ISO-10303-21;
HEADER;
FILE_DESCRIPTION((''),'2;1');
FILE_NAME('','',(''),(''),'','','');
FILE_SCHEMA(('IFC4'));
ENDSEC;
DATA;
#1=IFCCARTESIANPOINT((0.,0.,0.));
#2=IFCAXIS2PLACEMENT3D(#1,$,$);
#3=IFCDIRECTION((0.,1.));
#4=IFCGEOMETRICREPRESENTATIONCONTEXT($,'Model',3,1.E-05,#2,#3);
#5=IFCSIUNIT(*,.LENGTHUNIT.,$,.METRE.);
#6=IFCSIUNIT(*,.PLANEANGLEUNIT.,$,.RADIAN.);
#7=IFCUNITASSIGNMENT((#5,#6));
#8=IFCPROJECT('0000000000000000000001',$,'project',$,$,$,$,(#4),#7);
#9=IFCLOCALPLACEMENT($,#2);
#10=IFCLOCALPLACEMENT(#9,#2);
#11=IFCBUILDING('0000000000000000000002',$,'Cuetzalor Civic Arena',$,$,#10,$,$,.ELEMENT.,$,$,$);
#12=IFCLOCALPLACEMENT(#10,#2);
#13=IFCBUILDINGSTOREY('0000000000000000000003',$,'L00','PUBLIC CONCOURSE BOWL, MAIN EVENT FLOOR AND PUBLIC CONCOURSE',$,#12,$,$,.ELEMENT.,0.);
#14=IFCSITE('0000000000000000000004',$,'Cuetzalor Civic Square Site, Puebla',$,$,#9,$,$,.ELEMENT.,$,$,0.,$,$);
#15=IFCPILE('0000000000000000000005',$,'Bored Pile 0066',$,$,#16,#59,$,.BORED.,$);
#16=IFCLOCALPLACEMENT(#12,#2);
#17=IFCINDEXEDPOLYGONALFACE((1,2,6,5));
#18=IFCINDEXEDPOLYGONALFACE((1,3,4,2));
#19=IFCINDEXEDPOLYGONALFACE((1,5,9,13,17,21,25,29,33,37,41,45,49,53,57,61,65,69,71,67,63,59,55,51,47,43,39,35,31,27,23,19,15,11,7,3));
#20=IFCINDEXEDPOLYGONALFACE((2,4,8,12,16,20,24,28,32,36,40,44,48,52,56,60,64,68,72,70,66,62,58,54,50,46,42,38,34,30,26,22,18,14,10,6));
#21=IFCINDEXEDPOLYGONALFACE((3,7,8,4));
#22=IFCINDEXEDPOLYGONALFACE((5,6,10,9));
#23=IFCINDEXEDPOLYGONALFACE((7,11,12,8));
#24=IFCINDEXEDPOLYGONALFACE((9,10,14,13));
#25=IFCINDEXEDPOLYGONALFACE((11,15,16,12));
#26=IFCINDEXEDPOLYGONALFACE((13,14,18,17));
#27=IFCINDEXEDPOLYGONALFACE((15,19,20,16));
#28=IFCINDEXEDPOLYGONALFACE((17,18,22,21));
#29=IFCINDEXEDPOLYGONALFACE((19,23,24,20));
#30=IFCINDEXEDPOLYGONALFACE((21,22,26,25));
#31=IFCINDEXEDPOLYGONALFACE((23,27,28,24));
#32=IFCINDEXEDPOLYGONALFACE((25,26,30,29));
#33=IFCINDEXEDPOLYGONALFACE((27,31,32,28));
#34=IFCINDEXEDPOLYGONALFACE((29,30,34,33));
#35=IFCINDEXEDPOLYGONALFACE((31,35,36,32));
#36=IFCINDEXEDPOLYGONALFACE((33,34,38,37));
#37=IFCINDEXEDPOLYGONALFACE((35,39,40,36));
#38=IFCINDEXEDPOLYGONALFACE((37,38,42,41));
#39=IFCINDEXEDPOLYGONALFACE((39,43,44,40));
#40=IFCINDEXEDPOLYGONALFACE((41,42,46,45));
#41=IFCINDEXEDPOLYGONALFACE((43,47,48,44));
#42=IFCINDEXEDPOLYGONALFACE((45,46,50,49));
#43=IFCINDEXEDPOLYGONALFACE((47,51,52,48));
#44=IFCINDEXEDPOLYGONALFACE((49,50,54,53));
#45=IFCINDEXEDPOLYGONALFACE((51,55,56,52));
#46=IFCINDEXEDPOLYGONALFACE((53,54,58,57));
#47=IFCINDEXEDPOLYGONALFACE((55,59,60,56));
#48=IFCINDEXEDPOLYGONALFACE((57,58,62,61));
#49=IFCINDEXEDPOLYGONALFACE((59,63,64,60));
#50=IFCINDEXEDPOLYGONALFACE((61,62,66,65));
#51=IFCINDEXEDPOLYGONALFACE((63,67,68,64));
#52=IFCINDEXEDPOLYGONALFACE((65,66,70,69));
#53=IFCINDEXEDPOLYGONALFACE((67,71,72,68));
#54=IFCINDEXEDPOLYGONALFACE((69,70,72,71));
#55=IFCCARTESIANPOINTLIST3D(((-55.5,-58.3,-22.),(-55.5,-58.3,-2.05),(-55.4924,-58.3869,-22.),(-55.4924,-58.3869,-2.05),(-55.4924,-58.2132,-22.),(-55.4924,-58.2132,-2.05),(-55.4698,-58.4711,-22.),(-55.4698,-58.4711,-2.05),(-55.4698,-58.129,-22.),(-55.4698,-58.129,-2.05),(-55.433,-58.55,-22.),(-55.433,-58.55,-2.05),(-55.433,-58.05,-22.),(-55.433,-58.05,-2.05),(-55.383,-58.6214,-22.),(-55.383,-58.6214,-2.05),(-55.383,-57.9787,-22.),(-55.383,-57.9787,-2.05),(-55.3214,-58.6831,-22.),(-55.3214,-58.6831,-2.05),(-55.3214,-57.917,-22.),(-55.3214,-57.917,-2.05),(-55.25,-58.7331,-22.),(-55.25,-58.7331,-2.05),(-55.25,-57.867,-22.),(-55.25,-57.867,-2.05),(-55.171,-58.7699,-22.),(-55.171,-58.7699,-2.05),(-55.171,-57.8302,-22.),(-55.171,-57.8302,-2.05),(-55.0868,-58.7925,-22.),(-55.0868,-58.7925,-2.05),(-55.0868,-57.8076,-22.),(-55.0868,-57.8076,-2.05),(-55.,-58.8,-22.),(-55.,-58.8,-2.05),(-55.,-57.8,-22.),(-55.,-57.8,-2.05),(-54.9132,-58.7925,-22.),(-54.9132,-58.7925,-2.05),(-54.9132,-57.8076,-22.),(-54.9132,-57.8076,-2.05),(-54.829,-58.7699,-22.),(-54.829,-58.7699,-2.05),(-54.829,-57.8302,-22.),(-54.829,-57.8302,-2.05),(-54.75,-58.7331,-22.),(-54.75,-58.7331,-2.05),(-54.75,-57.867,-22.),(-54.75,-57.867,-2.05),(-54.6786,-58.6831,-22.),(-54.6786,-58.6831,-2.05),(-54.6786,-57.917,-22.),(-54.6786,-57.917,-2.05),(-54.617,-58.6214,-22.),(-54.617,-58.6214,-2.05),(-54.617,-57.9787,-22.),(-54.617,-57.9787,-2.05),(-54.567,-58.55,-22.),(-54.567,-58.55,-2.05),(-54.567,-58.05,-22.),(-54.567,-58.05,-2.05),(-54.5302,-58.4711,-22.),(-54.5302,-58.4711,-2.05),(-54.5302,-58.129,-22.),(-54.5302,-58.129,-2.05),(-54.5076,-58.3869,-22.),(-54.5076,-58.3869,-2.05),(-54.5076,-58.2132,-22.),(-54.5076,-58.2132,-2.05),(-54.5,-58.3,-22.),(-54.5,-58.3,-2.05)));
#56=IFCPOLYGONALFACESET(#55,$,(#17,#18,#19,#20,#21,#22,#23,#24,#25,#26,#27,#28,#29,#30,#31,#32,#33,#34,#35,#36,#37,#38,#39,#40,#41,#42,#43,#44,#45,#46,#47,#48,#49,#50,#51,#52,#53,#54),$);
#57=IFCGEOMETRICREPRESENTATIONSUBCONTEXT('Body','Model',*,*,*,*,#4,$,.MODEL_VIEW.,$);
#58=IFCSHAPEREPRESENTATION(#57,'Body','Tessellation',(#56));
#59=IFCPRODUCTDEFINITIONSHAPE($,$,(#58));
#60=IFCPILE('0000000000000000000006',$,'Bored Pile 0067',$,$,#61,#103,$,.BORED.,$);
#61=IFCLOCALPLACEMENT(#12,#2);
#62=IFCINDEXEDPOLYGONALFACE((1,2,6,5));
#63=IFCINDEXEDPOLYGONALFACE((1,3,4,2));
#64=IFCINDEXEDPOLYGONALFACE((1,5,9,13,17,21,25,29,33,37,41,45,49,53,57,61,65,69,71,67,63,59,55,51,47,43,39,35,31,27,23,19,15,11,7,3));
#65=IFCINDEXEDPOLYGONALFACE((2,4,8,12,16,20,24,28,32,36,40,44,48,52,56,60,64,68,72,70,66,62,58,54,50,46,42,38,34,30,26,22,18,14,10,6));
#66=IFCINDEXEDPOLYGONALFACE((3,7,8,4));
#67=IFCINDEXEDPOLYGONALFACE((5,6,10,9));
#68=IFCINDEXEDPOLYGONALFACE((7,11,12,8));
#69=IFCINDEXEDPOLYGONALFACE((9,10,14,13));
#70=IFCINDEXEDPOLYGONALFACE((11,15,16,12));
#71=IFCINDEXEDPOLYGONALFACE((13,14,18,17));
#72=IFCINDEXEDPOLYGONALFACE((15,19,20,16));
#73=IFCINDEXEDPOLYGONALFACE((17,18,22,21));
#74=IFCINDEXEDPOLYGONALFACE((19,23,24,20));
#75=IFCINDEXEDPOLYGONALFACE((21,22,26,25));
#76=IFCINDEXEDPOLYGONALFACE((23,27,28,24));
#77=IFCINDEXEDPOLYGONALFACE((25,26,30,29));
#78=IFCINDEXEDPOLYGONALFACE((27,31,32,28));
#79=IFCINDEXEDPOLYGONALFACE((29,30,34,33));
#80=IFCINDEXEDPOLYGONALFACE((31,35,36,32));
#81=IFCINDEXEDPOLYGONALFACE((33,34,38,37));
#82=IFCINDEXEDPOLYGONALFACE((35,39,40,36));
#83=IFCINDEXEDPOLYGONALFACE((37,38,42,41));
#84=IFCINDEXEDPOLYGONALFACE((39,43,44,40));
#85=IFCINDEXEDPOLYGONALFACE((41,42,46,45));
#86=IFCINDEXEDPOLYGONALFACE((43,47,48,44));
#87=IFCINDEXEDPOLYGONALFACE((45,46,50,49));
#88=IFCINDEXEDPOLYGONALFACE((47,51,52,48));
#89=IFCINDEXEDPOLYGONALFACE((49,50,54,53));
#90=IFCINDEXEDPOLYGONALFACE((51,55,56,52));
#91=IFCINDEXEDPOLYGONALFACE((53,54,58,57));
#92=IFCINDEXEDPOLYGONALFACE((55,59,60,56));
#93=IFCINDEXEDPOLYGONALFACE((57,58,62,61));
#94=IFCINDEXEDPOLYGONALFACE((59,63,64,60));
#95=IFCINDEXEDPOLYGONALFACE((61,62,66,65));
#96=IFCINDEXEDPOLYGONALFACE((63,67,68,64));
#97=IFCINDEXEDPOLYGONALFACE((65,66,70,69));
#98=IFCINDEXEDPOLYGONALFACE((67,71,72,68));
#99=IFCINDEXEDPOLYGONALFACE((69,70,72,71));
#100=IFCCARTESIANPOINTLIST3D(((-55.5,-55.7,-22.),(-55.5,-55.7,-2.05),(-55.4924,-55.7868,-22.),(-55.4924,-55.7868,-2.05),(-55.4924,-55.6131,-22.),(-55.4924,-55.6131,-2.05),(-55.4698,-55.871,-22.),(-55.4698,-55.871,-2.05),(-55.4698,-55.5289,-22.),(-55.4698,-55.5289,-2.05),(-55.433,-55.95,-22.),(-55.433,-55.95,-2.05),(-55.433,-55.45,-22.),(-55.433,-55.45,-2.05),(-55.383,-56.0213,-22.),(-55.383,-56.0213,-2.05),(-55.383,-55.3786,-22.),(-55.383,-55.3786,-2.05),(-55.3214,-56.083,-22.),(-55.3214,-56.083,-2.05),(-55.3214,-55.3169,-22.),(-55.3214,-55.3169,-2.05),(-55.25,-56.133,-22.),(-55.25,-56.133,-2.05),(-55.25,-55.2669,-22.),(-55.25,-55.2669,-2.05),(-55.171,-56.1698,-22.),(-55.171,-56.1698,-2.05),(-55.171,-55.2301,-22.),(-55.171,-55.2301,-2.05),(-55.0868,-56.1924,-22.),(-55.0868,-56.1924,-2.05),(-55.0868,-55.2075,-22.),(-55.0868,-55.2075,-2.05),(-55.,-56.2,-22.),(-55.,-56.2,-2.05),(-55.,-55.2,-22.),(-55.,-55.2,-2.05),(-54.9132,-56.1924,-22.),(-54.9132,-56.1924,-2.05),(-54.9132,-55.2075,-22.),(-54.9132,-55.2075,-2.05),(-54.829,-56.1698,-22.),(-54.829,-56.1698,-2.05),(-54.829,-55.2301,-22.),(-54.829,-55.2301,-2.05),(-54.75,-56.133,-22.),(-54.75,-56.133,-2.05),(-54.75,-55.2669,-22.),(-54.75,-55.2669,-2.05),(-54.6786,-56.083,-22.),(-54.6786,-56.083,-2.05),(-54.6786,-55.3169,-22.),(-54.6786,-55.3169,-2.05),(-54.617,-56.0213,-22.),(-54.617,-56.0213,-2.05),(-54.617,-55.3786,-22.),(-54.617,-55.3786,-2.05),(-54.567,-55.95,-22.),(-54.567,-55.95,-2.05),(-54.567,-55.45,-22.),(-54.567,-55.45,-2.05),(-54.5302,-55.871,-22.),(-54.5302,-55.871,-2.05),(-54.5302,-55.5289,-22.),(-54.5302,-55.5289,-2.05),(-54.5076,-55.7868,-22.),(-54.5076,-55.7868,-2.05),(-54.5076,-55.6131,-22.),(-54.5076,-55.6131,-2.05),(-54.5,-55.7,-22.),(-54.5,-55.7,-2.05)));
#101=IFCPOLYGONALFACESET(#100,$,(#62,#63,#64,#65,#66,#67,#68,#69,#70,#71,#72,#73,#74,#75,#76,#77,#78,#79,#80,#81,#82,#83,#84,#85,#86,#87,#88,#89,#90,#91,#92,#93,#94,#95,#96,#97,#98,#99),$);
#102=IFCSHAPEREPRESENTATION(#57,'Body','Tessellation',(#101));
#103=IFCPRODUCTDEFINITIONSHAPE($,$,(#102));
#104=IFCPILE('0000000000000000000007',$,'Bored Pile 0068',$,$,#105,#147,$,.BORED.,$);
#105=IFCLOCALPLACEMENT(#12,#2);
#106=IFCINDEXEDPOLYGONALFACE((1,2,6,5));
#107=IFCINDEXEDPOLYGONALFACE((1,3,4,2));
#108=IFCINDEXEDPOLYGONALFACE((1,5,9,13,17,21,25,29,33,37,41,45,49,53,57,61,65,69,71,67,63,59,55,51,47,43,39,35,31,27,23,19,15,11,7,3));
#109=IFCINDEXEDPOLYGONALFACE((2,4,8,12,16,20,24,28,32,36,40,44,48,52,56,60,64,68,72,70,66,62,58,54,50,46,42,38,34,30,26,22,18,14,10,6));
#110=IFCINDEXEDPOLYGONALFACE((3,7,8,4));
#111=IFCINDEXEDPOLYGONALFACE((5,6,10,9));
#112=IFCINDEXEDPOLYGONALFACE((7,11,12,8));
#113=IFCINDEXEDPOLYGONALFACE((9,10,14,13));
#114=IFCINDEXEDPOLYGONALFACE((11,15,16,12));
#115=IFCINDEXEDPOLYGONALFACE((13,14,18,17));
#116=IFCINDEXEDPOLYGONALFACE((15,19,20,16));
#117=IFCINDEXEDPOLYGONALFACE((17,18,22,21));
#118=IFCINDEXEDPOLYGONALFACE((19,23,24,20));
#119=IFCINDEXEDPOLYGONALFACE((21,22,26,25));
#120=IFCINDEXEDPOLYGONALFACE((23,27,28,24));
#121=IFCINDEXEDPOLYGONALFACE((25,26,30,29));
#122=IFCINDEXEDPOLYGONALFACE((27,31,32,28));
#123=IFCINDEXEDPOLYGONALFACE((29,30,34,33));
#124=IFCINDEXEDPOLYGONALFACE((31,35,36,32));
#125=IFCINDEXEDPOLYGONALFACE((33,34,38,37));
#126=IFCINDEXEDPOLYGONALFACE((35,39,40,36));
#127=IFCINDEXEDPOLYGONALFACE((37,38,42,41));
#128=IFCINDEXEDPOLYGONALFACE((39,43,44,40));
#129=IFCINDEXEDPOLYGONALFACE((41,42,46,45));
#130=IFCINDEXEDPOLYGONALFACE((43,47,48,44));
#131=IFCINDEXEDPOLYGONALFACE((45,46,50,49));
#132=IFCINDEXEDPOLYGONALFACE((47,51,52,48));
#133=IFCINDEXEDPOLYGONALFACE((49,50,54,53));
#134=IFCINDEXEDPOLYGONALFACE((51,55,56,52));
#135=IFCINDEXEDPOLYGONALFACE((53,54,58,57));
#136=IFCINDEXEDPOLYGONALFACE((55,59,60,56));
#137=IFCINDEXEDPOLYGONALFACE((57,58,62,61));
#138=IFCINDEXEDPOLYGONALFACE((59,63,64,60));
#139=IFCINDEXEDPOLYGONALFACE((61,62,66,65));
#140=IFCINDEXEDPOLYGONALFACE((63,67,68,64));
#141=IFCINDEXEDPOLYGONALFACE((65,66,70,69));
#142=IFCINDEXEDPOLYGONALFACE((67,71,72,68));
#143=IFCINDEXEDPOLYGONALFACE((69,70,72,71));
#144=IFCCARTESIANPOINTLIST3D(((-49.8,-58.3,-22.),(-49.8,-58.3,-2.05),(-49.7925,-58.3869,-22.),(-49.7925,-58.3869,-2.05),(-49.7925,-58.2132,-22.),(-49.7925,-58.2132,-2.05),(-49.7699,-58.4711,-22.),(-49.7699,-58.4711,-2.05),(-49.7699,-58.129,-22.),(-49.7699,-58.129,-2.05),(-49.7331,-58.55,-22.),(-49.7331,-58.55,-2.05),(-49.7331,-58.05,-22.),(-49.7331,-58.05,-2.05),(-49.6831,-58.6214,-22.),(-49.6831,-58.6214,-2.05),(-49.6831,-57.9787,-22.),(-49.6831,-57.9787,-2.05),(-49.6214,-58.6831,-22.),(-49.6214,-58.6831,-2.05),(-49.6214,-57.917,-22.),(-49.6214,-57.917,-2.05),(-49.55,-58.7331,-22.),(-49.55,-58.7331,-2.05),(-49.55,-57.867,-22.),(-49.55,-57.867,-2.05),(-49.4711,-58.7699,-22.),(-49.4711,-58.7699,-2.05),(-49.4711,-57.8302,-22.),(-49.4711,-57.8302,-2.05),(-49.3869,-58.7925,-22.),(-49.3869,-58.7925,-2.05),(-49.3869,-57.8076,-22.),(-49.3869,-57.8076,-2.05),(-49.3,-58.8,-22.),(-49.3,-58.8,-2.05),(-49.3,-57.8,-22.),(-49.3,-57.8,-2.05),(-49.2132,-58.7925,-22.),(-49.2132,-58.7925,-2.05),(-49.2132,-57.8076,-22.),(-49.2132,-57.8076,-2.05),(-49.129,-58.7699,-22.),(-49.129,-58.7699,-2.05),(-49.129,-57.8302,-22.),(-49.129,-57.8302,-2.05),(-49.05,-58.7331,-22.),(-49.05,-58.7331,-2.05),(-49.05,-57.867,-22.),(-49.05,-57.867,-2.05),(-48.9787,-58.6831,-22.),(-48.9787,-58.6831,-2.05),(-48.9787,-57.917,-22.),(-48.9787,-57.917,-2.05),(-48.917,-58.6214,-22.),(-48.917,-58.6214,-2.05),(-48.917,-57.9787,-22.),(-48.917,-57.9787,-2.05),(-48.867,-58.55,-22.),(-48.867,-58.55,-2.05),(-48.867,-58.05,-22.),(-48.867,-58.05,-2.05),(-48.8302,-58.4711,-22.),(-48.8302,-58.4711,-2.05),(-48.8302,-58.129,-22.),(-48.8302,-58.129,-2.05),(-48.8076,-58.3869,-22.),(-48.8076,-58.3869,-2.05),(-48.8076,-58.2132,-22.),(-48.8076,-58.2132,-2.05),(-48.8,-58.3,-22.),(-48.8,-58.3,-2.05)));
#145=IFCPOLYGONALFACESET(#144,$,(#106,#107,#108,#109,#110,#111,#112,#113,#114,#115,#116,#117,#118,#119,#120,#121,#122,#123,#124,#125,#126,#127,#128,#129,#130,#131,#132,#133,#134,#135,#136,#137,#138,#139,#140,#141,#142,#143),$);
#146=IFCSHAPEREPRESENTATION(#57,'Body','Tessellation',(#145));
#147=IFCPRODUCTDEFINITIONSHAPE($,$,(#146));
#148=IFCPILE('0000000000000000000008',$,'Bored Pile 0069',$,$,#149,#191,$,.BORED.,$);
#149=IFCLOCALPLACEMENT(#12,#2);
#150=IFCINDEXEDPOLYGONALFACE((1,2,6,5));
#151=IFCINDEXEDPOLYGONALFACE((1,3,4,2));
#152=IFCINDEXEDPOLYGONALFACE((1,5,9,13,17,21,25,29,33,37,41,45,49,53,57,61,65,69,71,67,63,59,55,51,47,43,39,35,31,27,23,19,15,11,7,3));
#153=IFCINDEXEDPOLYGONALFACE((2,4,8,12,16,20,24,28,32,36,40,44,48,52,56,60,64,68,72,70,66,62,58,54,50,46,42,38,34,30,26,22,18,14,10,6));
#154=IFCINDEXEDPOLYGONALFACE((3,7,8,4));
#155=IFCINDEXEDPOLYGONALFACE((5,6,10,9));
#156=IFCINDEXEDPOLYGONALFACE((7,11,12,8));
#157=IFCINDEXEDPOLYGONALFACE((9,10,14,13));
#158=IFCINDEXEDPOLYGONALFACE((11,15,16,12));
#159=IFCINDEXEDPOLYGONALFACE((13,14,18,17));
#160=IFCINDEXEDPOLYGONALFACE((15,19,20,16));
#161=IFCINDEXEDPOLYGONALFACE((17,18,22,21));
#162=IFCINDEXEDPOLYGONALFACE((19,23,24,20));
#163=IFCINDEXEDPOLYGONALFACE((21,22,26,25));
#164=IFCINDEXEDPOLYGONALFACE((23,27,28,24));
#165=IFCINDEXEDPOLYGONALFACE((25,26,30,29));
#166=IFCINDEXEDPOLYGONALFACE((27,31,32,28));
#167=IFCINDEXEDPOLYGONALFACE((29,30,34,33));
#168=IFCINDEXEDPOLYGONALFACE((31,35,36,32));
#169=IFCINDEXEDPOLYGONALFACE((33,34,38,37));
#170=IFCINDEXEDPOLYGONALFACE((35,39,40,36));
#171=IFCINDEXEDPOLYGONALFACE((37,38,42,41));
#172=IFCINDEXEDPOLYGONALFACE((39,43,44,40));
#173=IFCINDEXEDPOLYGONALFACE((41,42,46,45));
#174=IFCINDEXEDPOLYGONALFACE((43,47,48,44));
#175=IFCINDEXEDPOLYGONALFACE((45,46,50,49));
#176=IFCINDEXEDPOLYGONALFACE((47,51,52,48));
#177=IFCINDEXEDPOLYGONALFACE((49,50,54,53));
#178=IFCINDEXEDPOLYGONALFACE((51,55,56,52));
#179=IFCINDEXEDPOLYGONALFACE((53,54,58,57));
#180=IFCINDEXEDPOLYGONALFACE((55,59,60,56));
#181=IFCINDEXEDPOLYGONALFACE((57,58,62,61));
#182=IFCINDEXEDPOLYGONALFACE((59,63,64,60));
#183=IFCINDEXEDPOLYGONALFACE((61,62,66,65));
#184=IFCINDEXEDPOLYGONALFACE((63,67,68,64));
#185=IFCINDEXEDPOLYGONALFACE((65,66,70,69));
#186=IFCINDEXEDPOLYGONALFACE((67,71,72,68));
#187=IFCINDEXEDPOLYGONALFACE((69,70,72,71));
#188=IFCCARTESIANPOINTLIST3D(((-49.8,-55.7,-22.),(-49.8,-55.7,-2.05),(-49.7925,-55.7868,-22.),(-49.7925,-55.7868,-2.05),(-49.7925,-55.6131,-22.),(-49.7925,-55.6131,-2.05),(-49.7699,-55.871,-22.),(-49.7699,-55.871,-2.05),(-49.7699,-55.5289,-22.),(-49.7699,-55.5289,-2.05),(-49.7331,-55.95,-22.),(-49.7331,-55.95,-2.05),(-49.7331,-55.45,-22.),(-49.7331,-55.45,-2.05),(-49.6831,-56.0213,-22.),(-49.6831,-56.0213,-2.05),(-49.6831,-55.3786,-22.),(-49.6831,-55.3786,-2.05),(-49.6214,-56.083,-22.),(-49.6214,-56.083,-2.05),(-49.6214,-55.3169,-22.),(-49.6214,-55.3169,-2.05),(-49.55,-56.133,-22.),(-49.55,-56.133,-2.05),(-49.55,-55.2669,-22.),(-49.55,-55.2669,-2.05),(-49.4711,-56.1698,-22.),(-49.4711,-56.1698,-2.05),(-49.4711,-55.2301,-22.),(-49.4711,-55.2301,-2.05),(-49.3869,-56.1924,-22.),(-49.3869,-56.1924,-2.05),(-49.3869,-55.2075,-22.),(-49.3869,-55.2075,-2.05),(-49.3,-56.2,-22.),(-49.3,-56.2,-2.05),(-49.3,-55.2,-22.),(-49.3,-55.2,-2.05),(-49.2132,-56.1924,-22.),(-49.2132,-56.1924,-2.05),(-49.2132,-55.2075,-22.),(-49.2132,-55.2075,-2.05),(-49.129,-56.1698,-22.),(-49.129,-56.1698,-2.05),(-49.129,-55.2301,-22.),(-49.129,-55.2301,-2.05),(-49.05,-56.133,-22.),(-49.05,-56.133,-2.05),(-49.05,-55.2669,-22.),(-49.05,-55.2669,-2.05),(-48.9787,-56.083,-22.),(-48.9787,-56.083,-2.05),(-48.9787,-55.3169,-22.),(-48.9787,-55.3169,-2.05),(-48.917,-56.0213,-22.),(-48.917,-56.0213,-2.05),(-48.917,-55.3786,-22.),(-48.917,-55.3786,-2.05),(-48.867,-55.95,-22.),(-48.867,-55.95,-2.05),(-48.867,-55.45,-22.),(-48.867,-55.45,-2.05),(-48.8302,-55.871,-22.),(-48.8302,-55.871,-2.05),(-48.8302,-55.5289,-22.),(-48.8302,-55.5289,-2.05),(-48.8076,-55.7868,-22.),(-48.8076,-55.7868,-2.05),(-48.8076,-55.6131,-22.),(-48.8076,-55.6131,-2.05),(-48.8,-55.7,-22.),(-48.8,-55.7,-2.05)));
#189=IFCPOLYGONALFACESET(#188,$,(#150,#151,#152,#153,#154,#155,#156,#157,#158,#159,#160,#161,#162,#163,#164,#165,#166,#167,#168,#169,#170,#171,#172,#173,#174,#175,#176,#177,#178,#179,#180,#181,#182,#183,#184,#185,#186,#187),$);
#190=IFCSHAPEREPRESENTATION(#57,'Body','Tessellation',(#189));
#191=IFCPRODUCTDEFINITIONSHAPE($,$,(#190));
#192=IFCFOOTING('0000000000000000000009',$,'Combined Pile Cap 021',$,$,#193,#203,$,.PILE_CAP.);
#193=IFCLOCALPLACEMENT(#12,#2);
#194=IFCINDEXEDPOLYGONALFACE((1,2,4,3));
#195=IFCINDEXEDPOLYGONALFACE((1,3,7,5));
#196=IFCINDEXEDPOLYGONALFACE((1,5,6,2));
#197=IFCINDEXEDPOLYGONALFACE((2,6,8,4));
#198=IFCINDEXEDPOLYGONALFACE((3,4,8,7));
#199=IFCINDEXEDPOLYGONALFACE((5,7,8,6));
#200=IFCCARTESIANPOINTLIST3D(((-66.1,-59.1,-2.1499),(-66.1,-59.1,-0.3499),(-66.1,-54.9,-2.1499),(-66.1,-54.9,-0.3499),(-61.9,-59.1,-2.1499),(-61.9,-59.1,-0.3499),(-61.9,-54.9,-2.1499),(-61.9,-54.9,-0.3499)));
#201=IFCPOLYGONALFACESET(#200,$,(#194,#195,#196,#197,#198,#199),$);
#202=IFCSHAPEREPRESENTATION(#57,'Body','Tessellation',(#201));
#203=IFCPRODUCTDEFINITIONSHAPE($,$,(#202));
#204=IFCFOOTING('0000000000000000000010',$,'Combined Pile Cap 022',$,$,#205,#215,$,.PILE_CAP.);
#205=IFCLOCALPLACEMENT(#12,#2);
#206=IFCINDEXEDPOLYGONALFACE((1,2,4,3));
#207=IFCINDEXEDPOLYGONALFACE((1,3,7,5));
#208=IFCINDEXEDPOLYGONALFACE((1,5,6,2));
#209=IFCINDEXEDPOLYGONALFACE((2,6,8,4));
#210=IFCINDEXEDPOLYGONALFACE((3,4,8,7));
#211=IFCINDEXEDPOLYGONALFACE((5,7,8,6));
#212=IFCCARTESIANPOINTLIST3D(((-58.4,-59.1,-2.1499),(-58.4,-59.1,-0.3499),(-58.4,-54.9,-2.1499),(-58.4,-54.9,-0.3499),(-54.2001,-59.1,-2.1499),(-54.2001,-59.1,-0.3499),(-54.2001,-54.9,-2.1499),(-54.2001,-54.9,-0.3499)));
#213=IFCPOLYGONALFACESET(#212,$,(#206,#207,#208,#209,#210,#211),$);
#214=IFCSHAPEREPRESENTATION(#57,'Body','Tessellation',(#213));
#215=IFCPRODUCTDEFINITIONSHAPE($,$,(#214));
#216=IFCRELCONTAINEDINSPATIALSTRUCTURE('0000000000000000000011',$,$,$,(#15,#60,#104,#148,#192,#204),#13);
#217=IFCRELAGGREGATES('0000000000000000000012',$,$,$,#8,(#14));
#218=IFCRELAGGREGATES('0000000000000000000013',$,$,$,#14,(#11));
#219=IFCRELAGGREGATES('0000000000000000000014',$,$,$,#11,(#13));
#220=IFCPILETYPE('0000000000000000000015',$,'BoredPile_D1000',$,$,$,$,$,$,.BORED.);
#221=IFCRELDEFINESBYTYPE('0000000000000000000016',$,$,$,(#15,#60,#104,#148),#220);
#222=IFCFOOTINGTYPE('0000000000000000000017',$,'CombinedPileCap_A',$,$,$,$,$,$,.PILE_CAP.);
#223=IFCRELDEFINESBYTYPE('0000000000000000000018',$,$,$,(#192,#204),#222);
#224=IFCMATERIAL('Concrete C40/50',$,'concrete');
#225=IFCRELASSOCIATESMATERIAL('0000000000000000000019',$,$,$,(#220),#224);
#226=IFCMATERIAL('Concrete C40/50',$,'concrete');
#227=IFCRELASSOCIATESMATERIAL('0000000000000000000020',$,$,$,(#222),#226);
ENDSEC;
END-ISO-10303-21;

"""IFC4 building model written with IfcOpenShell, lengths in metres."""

from ifc_helpers import new_model, si_unit, direction, frame, origin, origin_2d, place, context, subcontext, project, spatial, rectangle, circle, extrude, material, material_profile, profile_set, type_object, element, save


model = new_model("IFC4")

# Units and contexts
model_context = context("Model", 3, precision=1e-05, world=origin(), true_north=direction((0.0, 1.0)))
body_context = subcontext(model_context, "Body", "Model", "MODEL_VIEW")
ifc_project = project(units=[si_unit("LENGTHUNIT", "METRE"), si_unit("PLANEANGLEUNIT", "RADIAN")], contexts=[model_context])

# Site, building, storey
site_placement = place(None, origin())
site = spatial("IfcSite", under=ifc_project, at=site_placement, Name="Cuetzalor Civic Square Site, Puebla", CompositionType="ELEMENT", RefElevation=0.0)
building_placement = place(site_placement, origin())
building = spatial("IfcBuilding", under=site, at=building_placement, Name="Cuetzalor Civic Arena", CompositionType="ELEMENT")
storey_placement = place(building_placement, origin())
storey = spatial("IfcBuildingStorey", under=building, at=storey_placement, Name="L00", Description="PUBLIC CONCOURSE BOWL, MAIN EVENT FLOOR AND PUBLIC CONCOURSE", CompositionType="ELEMENT", Elevation=0.0)

# Piles
ifc_material_1 = material(Name="Concrete C40/50", Category="concrete")
ifc_material_profile_1 = material_profile(ifc_material_1, circle(Radius=0.5, at=origin_2d()), Name="BORED PILE D1000")
ifc_profile_set_1 = profile_set([ifc_material_profile_1], Name="Concrete C40/50")
pile_type = type_object("IfcPileType", Name="BoredPile_D1000", PredefinedType="BORED", material=ifc_profile_set_1)
for number, where, z_axis, x_axis, name in (
    (1, (-55.0, -58.3, -2.05), (0.0, 0.0, -1.0), (1.0, 0.0, 0.0), "Bored Pile 0066"),
    (2, (-55.0, -55.7, -2.05), (0.0, 0.0, -1.0), (1.0, 0.0, 0.0), "Bored Pile 0067"),
    (3, (-49.3, -58.3, -2.05), (0.0, 0.0, -1.0), (1.0, 0.0, 0.0), "Bored Pile 0068"),
    (4, (-49.3, -55.7, -2.05), (0.0, 0.0, -1.0), (1.0, 0.0, 0.0), "Bored Pile 0069"),
):
    element("IfcPile", number, at=place(storey_placement, frame(where, z_axis=z_axis, x_axis=x_axis)), inside=storey, type_object=pile_type, Name=name, PredefinedType="BORED", context=body_context, shape_type="SweptSolid", body=[
        extrude(circle(Radius=0.5, at=origin_2d()), origin(), (0.0, 0.0, 1.0), 19.95),
    ])

# Footings
ifc_material_2 = material(Name="Concrete C40/50", Category="concrete")
footing_type_1 = type_object("IfcFootingType", Name="CombinedPileCap_A", PredefinedType="PILE_CAP", material=ifc_material_2)
for number, where, z_axis, x_axis, name in (
    (5, (-64.0, -57.0, -2.1499), (0.0, 0.0, 1.0), (1.0, 0.0, 0.0), "Combined Pile Cap 021"),
    (6, (-56.3, -57.0, -2.1499), (0.0, 0.0, 1.0), (1.0, 0.0, 0.0), "Combined Pile Cap 022"),
):
    element("IfcFooting", number, at=place(storey_placement, frame(where, z_axis=z_axis, x_axis=x_axis)), inside=storey, type_object=footing_type_1, Name=name, PredefinedType="PILE_CAP", context=body_context, shape_type="SweptSolid", body=[
        extrude(rectangle(XDim=4.2, YDim=4.2, at=origin_2d()), origin(), (0.0, 0.0, 1.0), 1.8),
    ])

save(model, "model.ifc")
